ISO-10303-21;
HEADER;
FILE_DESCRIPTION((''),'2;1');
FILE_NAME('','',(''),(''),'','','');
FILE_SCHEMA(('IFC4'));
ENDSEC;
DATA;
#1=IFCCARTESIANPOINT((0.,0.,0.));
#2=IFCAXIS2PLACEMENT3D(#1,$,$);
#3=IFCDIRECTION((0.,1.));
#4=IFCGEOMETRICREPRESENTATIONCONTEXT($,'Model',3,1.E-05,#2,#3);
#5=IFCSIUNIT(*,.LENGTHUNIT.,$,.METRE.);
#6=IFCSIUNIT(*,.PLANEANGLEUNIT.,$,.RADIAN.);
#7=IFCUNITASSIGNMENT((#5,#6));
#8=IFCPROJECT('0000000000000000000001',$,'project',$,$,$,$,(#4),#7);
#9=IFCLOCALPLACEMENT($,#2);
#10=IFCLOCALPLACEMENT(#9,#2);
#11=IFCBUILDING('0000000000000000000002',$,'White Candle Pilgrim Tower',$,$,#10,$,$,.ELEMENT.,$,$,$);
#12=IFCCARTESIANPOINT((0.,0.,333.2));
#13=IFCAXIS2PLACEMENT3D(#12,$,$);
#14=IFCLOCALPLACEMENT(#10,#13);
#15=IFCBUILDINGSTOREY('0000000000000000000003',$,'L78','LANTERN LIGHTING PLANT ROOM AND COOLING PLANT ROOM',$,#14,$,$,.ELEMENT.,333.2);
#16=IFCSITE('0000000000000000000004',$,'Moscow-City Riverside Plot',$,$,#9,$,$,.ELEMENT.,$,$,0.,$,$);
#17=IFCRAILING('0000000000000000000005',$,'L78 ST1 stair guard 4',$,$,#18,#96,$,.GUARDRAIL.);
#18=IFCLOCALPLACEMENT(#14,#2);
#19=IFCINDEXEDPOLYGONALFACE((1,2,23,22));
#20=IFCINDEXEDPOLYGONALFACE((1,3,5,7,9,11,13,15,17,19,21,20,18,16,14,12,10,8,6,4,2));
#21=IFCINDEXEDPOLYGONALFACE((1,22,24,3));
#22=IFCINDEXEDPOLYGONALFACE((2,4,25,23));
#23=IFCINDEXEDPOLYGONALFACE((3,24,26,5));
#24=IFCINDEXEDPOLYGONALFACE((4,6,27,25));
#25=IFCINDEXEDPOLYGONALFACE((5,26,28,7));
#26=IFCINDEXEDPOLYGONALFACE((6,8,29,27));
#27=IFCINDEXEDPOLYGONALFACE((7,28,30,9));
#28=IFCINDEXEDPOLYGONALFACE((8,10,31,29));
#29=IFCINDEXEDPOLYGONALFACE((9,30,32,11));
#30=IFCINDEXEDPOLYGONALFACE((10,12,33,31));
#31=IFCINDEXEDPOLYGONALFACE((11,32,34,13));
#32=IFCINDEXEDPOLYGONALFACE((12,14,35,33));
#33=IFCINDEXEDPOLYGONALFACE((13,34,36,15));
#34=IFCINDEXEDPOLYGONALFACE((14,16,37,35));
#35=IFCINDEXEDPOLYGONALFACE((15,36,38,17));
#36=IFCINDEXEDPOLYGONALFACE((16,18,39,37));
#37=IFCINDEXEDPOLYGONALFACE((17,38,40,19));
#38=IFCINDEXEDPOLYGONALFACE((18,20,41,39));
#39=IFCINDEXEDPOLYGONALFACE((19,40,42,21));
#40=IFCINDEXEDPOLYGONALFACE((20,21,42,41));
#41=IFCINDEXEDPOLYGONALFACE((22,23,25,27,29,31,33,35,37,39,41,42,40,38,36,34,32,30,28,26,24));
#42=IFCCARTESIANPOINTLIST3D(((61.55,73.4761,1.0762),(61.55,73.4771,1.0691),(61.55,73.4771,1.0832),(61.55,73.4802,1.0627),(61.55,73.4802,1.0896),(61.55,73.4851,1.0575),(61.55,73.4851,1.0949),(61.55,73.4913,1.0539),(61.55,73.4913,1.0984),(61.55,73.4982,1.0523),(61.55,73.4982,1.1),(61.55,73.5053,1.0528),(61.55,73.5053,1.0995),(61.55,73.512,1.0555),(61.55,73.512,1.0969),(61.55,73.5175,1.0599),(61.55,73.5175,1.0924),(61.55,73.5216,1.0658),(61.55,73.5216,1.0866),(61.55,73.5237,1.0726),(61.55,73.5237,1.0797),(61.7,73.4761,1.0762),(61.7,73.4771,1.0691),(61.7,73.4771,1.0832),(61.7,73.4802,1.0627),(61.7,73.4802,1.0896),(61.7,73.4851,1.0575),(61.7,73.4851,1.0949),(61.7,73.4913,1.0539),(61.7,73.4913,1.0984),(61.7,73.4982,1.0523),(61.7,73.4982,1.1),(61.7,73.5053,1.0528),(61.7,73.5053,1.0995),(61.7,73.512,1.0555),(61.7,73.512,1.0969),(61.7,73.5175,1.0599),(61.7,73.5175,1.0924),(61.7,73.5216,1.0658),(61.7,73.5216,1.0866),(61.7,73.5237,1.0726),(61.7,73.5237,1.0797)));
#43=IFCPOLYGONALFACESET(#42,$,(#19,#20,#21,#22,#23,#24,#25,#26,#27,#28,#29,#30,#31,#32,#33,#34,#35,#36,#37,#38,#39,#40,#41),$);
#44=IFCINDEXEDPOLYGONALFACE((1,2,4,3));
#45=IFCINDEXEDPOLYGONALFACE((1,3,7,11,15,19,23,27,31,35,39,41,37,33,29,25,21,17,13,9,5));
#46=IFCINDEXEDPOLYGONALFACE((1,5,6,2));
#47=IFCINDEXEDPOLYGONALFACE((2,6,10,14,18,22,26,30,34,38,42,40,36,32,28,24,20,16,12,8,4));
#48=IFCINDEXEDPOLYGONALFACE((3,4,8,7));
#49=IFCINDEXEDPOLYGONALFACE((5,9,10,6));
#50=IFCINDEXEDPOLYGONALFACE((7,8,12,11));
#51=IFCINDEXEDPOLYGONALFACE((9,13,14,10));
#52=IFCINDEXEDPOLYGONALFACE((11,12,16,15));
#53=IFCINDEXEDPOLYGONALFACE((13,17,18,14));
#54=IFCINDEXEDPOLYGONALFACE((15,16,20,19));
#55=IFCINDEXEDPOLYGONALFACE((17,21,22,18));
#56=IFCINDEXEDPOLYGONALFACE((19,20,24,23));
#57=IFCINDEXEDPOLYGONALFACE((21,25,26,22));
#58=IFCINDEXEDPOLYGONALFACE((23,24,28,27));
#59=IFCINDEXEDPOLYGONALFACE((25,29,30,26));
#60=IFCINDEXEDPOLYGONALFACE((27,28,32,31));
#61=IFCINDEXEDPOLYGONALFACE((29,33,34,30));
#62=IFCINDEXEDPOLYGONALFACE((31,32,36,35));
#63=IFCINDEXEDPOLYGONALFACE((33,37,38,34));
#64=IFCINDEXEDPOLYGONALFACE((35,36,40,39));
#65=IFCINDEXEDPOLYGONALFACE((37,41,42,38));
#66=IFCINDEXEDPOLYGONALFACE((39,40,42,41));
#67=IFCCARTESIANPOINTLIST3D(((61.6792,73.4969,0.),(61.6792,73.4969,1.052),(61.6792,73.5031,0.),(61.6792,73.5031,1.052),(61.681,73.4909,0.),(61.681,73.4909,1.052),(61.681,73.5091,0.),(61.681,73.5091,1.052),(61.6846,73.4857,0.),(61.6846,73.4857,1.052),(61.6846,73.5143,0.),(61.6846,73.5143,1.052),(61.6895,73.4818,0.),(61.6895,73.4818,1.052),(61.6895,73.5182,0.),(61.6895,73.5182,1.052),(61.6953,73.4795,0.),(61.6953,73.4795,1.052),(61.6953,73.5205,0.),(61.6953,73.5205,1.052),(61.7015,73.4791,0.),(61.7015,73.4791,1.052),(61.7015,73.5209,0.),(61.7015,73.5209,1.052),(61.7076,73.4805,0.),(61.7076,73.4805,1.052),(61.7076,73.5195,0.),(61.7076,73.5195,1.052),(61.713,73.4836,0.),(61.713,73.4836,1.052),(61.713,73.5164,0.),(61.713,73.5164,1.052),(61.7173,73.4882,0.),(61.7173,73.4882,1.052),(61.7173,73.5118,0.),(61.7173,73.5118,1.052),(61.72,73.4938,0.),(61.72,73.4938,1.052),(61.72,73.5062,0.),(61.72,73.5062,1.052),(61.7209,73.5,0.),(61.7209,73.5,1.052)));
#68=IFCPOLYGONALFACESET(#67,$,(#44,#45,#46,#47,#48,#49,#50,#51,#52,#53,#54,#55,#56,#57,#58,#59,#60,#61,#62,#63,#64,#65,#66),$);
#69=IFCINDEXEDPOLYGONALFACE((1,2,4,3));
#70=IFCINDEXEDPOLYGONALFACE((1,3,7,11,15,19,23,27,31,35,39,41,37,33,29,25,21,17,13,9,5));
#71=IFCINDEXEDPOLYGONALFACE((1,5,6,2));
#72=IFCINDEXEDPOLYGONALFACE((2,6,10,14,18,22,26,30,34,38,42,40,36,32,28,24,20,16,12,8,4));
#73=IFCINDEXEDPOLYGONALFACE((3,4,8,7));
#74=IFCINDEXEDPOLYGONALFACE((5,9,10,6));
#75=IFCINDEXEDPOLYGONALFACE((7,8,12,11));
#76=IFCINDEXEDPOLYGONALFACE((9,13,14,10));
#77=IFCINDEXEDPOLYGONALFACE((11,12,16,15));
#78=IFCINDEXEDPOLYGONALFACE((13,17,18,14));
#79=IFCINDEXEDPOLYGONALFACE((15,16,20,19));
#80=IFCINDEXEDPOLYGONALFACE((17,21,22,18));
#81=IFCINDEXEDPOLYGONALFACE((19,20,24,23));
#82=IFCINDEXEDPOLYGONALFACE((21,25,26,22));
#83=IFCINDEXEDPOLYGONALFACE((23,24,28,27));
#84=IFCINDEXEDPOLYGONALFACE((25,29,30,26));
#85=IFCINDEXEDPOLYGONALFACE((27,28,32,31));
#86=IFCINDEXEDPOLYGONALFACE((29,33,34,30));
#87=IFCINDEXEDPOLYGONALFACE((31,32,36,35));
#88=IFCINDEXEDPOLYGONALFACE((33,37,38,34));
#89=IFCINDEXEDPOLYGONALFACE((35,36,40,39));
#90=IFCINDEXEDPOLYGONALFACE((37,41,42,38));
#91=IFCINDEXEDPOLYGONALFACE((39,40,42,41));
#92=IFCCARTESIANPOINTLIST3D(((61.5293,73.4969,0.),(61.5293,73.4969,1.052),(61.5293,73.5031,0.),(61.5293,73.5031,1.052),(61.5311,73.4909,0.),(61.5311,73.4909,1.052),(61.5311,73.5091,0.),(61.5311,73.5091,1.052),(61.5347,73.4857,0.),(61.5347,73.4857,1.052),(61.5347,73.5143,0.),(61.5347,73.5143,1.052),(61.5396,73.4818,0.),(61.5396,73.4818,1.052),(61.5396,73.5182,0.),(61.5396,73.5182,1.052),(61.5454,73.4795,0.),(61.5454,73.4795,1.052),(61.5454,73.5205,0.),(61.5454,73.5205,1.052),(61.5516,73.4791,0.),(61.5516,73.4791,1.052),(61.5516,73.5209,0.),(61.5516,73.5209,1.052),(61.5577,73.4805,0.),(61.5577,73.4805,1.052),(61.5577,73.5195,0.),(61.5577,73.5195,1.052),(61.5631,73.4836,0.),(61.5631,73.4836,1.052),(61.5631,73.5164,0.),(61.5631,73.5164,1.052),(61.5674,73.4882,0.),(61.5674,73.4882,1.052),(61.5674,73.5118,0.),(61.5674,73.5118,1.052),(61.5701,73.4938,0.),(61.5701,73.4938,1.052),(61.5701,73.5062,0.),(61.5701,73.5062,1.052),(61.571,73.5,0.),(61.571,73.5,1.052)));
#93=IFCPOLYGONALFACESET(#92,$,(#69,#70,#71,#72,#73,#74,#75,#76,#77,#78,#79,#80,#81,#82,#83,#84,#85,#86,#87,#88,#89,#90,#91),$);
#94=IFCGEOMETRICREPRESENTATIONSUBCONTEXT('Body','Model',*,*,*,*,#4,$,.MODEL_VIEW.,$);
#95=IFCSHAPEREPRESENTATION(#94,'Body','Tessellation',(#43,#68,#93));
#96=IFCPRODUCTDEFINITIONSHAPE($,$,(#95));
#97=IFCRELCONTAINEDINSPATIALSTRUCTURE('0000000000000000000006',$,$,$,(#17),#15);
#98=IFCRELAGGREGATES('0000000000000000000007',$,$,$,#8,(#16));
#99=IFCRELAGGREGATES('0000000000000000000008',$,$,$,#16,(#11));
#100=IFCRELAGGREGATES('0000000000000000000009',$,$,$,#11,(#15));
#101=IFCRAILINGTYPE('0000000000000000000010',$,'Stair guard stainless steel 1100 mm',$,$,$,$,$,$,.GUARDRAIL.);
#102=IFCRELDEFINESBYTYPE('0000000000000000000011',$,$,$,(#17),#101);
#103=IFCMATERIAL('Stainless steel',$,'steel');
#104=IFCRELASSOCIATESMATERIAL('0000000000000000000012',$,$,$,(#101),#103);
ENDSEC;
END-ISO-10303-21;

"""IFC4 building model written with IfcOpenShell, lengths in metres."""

from ifc_helpers import new_model, si_unit, direction, frame, origin, origin_2d, place, context, subcontext, project, spatial, circle, extrude, material, type_object, element, save


model = new_model("IFC4")

# Units and contexts
model_context = context("Model", 3, precision=1e-05, world=origin(), true_north=direction((0.0, 1.0)))
body_context = subcontext(model_context, "Body", "Model", "MODEL_VIEW")
ifc_project = project(units=[si_unit("LENGTHUNIT", "METRE"), si_unit("PLANEANGLEUNIT", "RADIAN")], contexts=[model_context])

# Site, building, storey
site_placement = place(None, origin())
site = spatial("IfcSite", under=ifc_project, at=site_placement, Name="Moscow-City Riverside Plot", CompositionType="ELEMENT", RefElevation=0.0)
building_placement = place(site_placement, origin())
building = spatial("IfcBuilding", under=site, at=building_placement, Name="White Candle Pilgrim Tower", CompositionType="ELEMENT")
storey_placement = place(building_placement, frame((0.0, 0.0, 333.2)))
storey = spatial("IfcBuildingStorey", under=building, at=storey_placement, Name="L78", Description="LANTERN LIGHTING PLANT ROOM AND COOLING PLANT ROOM", CompositionType="ELEMENT", Elevation=333.2)

# Railing
ifc_material_1 = material(Name="Stainless steel", Category="steel")
railing_type_1 = type_object("IfcRailingType", Name="Stair guard stainless steel 1100 mm", PredefinedType="GUARDRAIL", material=ifc_material_1)
railing_1_placement = place(storey_placement, frame((61.7, 73.5, 0.0)))
element("IfcRailing", 1, at=railing_1_placement, inside=storey, type_object=railing_type_1, Name="L78 ST1 stair guard 4", PredefinedType="GUARDRAIL", context=body_context, shape_type="SweptSolid", body=[
    extrude(circle(Radius=0.0239, at=origin_2d()), frame((0.0, 0.0, 1.0762), z_axis=(-1.0, 0.0, 0.0), x_axis=(0.0, -1.0, 0.0)), (0.0, 0.0, 1.0), 0.1499),
    extrude(circle(Radius=0.021, at=origin_2d()), origin(), (0.0, 0.0, 1.0), 1.052),
    extrude(circle(Radius=0.021, at=origin_2d()), frame((-0.1499, 0.0, 0.0)), (0.0, 0.0, 1.0), 1.052),
])

save(model, "model.ifc")
